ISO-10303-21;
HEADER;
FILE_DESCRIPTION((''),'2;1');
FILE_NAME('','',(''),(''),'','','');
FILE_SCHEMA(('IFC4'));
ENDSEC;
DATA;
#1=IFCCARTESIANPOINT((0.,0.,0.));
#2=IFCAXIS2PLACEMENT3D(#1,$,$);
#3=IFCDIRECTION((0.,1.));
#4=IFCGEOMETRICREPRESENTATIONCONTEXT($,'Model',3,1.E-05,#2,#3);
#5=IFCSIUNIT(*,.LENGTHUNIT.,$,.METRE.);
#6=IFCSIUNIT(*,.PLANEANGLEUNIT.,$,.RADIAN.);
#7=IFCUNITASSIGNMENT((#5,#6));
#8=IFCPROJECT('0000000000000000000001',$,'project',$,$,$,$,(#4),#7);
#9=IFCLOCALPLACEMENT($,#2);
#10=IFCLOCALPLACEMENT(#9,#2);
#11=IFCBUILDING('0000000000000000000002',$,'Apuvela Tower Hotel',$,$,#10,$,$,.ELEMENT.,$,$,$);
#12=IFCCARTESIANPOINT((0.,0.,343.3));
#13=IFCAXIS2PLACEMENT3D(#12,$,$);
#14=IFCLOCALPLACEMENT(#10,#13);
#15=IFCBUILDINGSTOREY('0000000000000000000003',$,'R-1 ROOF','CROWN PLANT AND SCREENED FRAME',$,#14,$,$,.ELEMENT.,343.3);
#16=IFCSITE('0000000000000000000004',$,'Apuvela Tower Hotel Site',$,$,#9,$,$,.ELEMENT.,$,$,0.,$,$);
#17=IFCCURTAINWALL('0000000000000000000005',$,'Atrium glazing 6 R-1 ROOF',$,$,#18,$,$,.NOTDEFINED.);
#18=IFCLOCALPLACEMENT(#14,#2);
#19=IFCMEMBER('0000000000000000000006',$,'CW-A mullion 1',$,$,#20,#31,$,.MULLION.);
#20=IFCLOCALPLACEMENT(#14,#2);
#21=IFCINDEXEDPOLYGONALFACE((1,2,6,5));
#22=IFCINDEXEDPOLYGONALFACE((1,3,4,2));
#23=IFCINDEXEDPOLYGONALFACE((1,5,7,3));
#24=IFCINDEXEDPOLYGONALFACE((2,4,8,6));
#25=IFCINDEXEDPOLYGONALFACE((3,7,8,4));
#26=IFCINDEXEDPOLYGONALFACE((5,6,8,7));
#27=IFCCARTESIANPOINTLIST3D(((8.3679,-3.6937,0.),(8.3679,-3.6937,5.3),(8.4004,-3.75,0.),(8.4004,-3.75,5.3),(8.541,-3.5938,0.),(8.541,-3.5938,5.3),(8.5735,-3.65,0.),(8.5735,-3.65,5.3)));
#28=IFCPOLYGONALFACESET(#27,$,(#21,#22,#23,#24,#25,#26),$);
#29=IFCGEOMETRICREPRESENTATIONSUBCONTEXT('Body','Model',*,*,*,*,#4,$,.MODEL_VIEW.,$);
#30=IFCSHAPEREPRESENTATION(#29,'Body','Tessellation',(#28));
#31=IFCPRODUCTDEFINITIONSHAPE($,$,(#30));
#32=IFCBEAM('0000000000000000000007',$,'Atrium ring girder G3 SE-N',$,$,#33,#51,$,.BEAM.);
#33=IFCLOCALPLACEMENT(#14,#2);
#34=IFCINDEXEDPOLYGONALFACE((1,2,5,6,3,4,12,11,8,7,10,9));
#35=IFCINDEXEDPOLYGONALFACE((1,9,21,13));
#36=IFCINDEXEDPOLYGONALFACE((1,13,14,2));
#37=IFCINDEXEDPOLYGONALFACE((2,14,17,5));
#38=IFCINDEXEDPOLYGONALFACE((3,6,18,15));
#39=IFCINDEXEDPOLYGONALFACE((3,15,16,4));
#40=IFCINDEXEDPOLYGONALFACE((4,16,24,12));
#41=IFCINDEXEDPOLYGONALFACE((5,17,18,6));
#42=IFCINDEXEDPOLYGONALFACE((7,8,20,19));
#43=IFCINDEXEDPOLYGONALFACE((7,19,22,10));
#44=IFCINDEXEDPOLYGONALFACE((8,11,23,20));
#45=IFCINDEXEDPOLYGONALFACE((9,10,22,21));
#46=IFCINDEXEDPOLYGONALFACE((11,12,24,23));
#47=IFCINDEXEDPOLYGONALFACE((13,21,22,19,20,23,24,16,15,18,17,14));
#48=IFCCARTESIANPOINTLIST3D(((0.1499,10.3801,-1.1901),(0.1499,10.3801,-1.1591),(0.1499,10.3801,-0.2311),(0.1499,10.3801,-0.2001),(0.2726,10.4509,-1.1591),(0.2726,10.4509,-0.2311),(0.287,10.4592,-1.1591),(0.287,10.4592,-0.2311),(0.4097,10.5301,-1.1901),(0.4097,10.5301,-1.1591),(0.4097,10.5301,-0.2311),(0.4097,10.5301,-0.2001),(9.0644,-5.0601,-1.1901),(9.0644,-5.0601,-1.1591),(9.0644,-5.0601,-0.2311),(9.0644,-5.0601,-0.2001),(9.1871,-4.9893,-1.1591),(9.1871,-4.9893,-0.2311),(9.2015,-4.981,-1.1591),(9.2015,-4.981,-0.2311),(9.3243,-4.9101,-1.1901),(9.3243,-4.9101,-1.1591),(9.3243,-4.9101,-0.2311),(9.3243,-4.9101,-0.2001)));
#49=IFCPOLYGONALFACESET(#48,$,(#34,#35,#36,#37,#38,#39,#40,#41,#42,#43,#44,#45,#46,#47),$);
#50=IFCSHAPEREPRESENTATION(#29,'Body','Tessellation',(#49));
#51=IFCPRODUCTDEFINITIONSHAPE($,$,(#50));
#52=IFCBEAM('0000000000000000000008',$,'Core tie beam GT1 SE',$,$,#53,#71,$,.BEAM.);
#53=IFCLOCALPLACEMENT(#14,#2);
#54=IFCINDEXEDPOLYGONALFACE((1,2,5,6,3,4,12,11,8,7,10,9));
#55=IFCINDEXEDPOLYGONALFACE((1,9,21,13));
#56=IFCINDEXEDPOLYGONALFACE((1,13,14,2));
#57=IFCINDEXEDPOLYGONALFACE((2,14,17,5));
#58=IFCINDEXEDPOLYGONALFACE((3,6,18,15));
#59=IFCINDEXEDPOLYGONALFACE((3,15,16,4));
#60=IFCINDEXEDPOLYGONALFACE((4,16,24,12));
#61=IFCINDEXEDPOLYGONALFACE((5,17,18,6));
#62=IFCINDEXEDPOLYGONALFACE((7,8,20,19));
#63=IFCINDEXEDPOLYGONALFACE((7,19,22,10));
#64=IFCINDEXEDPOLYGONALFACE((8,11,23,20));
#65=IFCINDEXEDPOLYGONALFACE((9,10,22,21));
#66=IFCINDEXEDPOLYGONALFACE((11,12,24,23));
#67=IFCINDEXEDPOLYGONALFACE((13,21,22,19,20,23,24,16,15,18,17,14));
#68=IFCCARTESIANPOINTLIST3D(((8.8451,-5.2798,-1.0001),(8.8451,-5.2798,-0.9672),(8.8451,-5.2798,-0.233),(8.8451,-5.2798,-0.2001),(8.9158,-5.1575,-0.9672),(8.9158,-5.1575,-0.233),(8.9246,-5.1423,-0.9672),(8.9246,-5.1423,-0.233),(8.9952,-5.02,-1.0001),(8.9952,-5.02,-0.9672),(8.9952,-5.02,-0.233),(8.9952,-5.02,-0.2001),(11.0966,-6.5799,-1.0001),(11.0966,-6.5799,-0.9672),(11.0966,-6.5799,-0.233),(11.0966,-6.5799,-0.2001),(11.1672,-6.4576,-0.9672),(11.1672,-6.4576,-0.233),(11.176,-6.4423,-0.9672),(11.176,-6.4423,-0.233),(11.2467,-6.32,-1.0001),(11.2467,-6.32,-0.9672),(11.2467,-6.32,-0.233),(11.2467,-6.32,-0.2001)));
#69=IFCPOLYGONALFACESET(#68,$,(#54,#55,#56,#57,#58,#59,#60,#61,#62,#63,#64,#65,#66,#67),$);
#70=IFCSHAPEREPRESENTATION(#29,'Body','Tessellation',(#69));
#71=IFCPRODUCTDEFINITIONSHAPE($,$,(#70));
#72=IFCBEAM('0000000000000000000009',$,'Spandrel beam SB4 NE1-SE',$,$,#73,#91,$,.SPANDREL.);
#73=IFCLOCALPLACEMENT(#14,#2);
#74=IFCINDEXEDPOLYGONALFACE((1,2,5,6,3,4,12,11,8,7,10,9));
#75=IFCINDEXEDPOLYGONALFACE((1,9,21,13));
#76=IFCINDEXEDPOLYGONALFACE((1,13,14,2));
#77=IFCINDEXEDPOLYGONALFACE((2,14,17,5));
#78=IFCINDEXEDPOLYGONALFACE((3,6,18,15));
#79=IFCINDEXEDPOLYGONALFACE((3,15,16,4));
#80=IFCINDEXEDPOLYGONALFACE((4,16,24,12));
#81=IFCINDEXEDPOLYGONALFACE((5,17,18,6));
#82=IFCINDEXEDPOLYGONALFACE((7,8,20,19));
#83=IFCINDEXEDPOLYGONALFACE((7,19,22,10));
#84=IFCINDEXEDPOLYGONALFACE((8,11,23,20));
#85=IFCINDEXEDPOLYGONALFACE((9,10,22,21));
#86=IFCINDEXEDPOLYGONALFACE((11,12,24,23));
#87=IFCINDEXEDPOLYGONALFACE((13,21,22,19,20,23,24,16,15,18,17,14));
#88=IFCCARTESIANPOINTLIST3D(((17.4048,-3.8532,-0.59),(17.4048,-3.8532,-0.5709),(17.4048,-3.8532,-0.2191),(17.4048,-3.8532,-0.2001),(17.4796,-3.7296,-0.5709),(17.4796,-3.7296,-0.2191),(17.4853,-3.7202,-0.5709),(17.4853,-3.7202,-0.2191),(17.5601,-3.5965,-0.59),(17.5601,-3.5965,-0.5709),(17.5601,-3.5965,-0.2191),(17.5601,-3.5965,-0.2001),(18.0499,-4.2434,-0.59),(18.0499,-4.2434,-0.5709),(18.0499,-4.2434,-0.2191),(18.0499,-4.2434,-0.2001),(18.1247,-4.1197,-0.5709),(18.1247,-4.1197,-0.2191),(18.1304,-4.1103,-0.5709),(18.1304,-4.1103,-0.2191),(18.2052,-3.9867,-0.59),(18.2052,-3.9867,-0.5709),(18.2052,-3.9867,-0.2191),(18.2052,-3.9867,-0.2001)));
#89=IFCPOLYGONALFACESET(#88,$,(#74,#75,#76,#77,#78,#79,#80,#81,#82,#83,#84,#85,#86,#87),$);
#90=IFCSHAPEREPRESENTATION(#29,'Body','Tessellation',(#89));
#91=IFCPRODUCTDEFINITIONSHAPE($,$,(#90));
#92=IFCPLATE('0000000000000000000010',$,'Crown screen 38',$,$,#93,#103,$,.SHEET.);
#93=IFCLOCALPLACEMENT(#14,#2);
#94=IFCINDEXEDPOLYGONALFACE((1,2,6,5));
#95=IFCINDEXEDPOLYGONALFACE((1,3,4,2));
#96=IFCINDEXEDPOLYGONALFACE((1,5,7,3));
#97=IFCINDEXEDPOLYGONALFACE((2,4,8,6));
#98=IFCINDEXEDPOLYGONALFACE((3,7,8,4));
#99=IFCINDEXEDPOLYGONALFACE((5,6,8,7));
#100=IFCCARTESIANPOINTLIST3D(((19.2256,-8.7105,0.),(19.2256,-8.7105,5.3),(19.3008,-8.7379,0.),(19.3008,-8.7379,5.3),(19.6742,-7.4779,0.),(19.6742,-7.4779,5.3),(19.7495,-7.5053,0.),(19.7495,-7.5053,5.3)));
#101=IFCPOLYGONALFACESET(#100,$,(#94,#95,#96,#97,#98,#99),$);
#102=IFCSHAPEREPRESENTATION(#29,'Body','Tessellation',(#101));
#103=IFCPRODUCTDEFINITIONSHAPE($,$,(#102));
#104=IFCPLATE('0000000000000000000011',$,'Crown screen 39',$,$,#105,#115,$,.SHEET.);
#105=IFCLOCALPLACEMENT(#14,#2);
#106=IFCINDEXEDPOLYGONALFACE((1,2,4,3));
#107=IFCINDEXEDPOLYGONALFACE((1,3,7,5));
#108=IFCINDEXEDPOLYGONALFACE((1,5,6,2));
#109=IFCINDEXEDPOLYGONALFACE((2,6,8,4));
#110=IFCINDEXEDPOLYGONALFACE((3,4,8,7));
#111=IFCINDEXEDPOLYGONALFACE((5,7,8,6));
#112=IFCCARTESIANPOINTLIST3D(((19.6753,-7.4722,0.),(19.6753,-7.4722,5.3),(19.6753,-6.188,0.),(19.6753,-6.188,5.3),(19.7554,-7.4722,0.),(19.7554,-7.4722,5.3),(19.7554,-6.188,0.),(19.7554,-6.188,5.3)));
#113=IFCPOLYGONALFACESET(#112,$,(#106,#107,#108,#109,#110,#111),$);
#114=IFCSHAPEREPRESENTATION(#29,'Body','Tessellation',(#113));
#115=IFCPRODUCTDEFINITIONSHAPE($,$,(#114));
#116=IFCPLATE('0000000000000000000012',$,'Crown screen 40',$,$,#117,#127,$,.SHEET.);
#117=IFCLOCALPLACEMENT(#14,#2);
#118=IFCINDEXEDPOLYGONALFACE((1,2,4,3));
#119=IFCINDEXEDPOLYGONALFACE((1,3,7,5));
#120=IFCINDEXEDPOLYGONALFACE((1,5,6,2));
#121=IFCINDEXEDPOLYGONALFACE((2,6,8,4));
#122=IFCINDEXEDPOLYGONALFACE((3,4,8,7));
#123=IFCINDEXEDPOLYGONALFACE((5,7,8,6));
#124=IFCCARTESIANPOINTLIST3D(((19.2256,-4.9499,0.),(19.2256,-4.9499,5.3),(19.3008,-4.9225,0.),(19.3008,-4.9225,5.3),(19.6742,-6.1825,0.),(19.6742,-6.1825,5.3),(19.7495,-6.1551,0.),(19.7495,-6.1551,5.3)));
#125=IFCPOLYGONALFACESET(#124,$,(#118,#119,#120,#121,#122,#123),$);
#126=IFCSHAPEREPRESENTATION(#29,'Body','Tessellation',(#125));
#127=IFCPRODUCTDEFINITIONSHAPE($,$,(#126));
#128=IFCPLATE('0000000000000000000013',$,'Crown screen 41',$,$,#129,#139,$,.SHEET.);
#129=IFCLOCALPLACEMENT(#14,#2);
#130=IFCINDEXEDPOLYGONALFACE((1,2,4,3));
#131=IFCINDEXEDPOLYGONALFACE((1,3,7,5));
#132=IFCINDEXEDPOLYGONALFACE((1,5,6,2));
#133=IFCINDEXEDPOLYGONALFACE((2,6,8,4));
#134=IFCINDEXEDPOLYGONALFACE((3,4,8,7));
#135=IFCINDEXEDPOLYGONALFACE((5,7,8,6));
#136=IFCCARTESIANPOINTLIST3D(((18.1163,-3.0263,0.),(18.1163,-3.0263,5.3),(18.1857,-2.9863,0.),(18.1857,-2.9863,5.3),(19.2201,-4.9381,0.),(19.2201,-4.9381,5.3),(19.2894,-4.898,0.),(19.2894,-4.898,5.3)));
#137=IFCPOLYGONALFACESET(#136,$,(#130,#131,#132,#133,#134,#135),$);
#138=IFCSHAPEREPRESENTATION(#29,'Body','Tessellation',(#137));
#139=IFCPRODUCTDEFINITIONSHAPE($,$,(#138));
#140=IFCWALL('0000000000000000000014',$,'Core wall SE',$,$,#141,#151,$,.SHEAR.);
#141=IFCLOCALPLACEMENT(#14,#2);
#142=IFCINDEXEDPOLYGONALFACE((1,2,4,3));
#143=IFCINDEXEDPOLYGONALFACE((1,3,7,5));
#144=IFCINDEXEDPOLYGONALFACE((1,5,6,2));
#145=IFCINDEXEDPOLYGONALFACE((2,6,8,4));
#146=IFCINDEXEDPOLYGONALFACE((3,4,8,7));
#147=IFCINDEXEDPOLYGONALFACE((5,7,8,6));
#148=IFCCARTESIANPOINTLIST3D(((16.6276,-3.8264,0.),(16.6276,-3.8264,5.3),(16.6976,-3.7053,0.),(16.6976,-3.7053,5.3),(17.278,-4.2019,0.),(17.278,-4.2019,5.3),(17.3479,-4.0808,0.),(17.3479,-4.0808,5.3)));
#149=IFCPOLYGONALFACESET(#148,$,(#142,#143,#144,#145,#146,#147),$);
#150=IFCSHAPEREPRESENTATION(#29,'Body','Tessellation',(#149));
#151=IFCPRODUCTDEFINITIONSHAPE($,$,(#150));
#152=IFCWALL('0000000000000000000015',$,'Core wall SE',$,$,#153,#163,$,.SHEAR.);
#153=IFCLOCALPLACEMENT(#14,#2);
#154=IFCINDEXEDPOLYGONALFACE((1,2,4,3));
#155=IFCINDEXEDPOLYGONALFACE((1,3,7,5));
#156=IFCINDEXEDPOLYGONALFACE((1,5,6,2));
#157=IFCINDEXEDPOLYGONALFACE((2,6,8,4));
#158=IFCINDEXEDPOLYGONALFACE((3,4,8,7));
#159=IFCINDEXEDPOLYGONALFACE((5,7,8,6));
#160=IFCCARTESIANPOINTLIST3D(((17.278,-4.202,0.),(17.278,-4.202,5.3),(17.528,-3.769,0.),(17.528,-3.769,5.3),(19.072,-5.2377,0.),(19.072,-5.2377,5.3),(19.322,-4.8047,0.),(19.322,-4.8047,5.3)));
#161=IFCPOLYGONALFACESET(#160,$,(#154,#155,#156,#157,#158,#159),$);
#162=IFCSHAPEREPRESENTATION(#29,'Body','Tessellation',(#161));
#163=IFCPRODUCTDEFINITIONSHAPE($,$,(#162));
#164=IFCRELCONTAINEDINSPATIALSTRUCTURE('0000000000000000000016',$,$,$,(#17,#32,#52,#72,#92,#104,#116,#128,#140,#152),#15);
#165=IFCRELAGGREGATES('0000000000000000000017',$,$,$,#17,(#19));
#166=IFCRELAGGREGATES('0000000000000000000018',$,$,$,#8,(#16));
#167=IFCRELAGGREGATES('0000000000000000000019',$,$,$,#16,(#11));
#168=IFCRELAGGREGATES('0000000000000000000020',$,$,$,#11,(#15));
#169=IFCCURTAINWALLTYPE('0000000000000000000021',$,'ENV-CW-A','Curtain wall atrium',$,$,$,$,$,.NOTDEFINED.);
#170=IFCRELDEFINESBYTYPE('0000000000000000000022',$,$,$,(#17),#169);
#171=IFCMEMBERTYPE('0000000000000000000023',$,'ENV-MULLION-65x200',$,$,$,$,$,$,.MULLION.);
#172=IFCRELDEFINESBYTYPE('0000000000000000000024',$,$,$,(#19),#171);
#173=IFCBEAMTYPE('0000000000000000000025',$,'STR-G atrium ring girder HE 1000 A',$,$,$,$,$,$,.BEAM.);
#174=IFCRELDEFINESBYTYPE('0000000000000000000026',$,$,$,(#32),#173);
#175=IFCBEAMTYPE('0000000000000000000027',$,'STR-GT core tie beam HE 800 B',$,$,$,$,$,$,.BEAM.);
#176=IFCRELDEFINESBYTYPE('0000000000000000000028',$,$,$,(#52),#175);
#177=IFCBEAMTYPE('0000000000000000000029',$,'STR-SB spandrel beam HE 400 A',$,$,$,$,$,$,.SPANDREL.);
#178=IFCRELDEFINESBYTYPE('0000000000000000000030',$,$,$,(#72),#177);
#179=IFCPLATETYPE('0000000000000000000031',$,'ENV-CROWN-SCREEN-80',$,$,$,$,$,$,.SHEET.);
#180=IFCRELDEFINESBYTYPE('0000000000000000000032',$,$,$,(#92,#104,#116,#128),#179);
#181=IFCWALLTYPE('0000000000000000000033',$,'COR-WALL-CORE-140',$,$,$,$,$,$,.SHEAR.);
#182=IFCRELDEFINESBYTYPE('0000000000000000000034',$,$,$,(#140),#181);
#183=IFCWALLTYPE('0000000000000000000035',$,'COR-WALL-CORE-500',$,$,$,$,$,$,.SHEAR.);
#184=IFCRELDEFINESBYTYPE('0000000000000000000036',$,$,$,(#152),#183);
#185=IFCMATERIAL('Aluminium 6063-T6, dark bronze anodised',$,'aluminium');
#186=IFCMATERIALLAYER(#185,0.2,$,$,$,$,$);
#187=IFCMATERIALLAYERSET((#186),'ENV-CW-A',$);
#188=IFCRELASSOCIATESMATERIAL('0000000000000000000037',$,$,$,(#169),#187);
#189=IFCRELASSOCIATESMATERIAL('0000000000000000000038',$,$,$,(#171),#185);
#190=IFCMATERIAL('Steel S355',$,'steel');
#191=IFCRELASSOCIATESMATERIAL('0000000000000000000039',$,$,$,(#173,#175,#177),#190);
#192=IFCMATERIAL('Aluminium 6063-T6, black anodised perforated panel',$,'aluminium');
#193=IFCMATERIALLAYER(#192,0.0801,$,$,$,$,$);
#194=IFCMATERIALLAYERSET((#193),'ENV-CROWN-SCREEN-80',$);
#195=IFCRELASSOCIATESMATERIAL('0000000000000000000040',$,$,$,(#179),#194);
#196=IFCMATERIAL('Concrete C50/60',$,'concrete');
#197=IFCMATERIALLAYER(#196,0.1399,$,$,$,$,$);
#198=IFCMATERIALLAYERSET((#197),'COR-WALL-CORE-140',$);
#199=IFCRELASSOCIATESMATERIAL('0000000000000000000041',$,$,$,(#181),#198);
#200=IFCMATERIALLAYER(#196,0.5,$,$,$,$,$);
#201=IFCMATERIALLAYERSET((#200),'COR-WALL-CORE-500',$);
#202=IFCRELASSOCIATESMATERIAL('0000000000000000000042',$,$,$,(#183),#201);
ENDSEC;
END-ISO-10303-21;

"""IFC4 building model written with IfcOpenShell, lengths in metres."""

from ifc_helpers import new_model, si_unit, direction, frame, frame_2d, origin, origin_2d, place, context, subcontext, project, spatial, rectangle, i_section, extrude, material, layer, layer_set, material_profile, profile_set, type_object, element, aggregate, save


model = new_model("IFC4")

# Units and contexts
model_context = context("Model", 3, precision=1e-05, world=origin(), true_north=direction((0.0, 1.0)))
body_context = subcontext(model_context, "Body", "Model", "MODEL_VIEW")
ifc_project = project(units=[si_unit("LENGTHUNIT", "METRE"), si_unit("PLANEANGLEUNIT", "RADIAN")], contexts=[model_context])

# Site, building, storey
site_placement = place(None, origin())
site = spatial("IfcSite", under=ifc_project, at=site_placement, Name="Apuvela Tower Hotel Site", CompositionType="ELEMENT", RefElevation=0.0)
building_placement = place(site_placement, origin())
building = spatial("IfcBuilding", under=site, at=building_placement, Name="Apuvela Tower Hotel", CompositionType="ELEMENT")
storey_placement = place(building_placement, frame((0.0, 0.0, 343.3)))
storey = spatial("IfcBuildingStorey", under=building, at=storey_placement, Name="R-1 ROOF", Description="CROWN PLANT AND SCREENED FRAME", CompositionType="ELEMENT", Elevation=343.3)

# Curtain wall, member
ifc_material_1 = material(Name="Aluminium 6063-T6, dark bronze anodised", Category="aluminium")
ifc_layer_1 = layer(ifc_material_1, 0.2)
ifc_layer_set_1 = layer_set([ifc_layer_1], Name="ENV-CW-A")
curtain_wall_type = type_object("IfcCurtainWallType", Name="ENV-CW-A", Description="Curtain wall atrium", PredefinedType="NOTDEFINED", material=ifc_layer_set_1)
curtain_wall_placement = place(storey_placement, origin())
curtain_wall = element("IfcCurtainWall", 1, at=curtain_wall_placement, inside=storey, type_object=curtain_wall_type, Name="Atrium glazing 6 R-1 ROOF", PredefinedType="NOTDEFINED")
ifc_material_profile_1 = material_profile(ifc_material_1, rectangle(XDim=0.2, YDim=0.0649, at=origin_2d()), Name="AL 65x200")
ifc_profile_set_1 = profile_set([ifc_material_profile_1], Name="Aluminium 6063-T6, dark bronze anodised")
member_type = type_object("IfcMemberType", Name="ENV-MULLION-65x200", PredefinedType="MULLION", material=ifc_profile_set_1)
member_placement = place(storey_placement, frame((8.4707, -3.6719, 0.0), z_axis=(0.0, 0.0, 1.0), x_axis=(-0.866026, -0.499999, 0.0)))
member = element("IfcMember", 2, at=member_placement, type_object=member_type, Name="CW-A mullion 1", PredefinedType="MULLION", context=body_context, shape_type="SweptSolid", body=[
    extrude(rectangle(XDim=0.2, YDim=0.0649, at=origin_2d()), origin(), (0.0, 0.0, 1.0), 5.3),
])
aggregate(curtain_wall, [member])

# Beams
ifc_material_2 = material(Name="Steel S355", Category="steel")
ifc_material_profile_2 = material_profile(ifc_material_2, i_section(OverallWidth=0.3, OverallDepth=0.99, WebThickness=0.0166, FlangeThickness=0.031, at=origin_2d()), Name="HE 1000 A")
ifc_profile_set_2 = profile_set([ifc_material_profile_2], Name="Steel S355")
beam_type_1 = type_object("IfcBeamType", Name="STR-G atrium ring girder HE 1000 A", PredefinedType="BEAM", material=ifc_profile_set_2)
beam_1_placement = place(storey_placement, frame((9.1943, -4.9851, -0.6951), z_axis=(-0.500007, 0.866022, 0.0), x_axis=(-0.866022, -0.500007, 0.0)))
element("IfcBeam", 3, at=beam_1_placement, inside=storey, type_object=beam_type_1, Name="Atrium ring girder G3 SE-N", PredefinedType="BEAM", context=body_context, shape_type="SweptSolid", body=[
    extrude(i_section(OverallWidth=0.3, OverallDepth=0.99, WebThickness=0.0166, FlangeThickness=0.031, at=origin_2d()), origin(), (0.0, 0.0, 1.0), 17.8289),
])
ifc_material_profile_3 = material_profile(ifc_material_2, i_section(OverallWidth=0.3, OverallDepth=0.8, WebThickness=0.0176, FlangeThickness=0.033, at=origin_2d()), Name="HE 800 B")
ifc_profile_set_3 = profile_set([ifc_material_profile_3], Name="Steel S355")
beam_type_2 = type_object("IfcBeamType", Name="STR-GT core tie beam HE 800 B", PredefinedType="BEAM", material=ifc_profile_set_3)
beam_2_placement = place(storey_placement, frame((11.1716, -6.45, -0.6001), z_axis=(-0.865998, 0.500048, 0.0), x_axis=(-0.500048, -0.865998, 0.0)))
element("IfcBeam", 4, at=beam_2_placement, inside=storey, type_object=beam_type_2, Name="Core tie beam GT1 SE", PredefinedType="BEAM", context=body_context, shape_type="SweptSolid", body=[
    extrude(i_section(OverallWidth=0.3, OverallDepth=0.8, WebThickness=0.0176, FlangeThickness=0.033, at=origin_2d()), origin(), (0.0, 0.0, 1.0), 2.5999),
])
ifc_material_profile_4 = material_profile(ifc_material_2, i_section(OverallWidth=0.3, OverallDepth=0.3899, WebThickness=0.011, FlangeThickness=0.019, at=origin_2d()), Name="HE 400 A")
ifc_profile_set_4 = profile_set([ifc_material_profile_4], Name="Steel S355")
beam_type_3 = type_object("IfcBeamType", Name="STR-SB spandrel beam HE 400 A", PredefinedType="SPANDREL", material=ifc_profile_set_4)
beam_3_placement = place(storey_placement, frame((17.4824, -3.7249, -0.395), z_axis=(0.855659, -0.517541, 0.0), x_axis=(0.517541, 0.855659, 0.0)))
element("IfcBeam", 5, at=beam_3_placement, inside=storey, type_object=beam_type_3, Name="Spandrel beam SB4 NE1-SE", PredefinedType="SPANDREL", context=body_context, shape_type="SweptSolid", body=[
    extrude(i_section(OverallWidth=0.3, OverallDepth=0.3899, WebThickness=0.011, FlangeThickness=0.019, at=origin_2d()), origin(), (0.0, 0.0, 1.0), 0.7539),
])

# Plates
ifc_material_3 = material(Name="Aluminium 6063-T6, black anodised perforated panel", Category="aluminium")
ifc_layer_2 = layer(ifc_material_3, 0.0801)
ifc_layer_set_2 = layer_set([ifc_layer_2], Name="ENV-CROWN-SCREEN-80")
plate_type = type_object("IfcPlateType", Name="ENV-CROWN-SCREEN-80", PredefinedType="SHEET", material=ifc_layer_set_2)
plate_1_placement = place(storey_placement, frame((19.4875, -8.1079, 0.0), z_axis=(0.0, 0.0, 1.0), x_axis=(0.34202, 0.939693, 0.0)))
element("IfcPlate", 6, at=plate_1_placement, inside=storey, type_object=plate_type, Name="Crown screen 38", PredefinedType="SHEET", context=body_context, shape_type="SweptSolid", body=[
    extrude(rectangle(XDim=1.3118, YDim=0.0801, at=origin_2d()), origin(), (0.0, 0.0, 1.0), 5.3),
])
plate_2_placement = place(storey_placement, frame((19.7153, -6.8301, 0.0), z_axis=(0.0, 0.0, 1.0), x_axis=(0.0, 1.0, 0.0)))
element("IfcPlate", 7, at=plate_2_placement, inside=storey, type_object=plate_type, Name="Crown screen 39", PredefinedType="SHEET", context=body_context, shape_type="SweptSolid", body=[
    extrude(rectangle(XDim=1.2842, YDim=0.0801, at=origin_2d()), origin(), (0.0, 0.0, 1.0), 5.3),
])
plate_3_placement = place(storey_placement, frame((19.4875, -5.5525, 0.0), z_axis=(0.0, 0.0, 1.0), x_axis=(-0.34202, 0.939693, 0.0)))
element("IfcPlate", 8, at=plate_3_placement, inside=storey, type_object=plate_type, Name="Crown screen 40", PredefinedType="SHEET", context=body_context, shape_type="SweptSolid", body=[
    extrude(rectangle(XDim=1.3118, YDim=0.0801, at=origin_2d()), origin(), (0.0, 0.0, 1.0), 5.3),
])
plate_4_placement = place(storey_placement, frame((18.7029, -3.9622, 0.0), z_axis=(0.0, 0.0, 1.0), x_axis=(-0.5, 0.866025, 0.0)))
element("IfcPlate", 9, at=plate_4_placement, inside=storey, type_object=plate_type, Name="Crown screen 41", PredefinedType="SHEET", context=body_context, shape_type="SweptSolid", body=[
    extrude(rectangle(XDim=2.2075, YDim=0.0801, at=origin_2d()), origin(), (0.0, 0.0, 1.0), 5.3),
])

# Walls
ifc_material_4 = material(Name="Concrete C50/60", Category="concrete")
ifc_layer_3 = layer(ifc_material_4, 0.1399)
ifc_layer_set_3 = layer_set([ifc_layer_3], Name="COR-WALL-CORE-140")
wall_type_1 = type_object("IfcWallType", Name="COR-WALL-CORE-140", PredefinedType="SHEAR", material=ifc_layer_set_3)
wall_1_placement = place(storey_placement, frame((16.6626, -3.7659, 0.0), z_axis=(0.0, 0.0, 1.0), x_axis=(0.866034, -0.499985, 0.0)))
element("IfcWall", 10, at=wall_1_placement, inside=storey, type_object=wall_type_1, Name="Core wall SE", PredefinedType="SHEAR", context=body_context, shape_type="SweptSolid", body=[
    extrude(rectangle(XDim=0.751, YDim=0.1399, at=frame_2d((0.3755, 0.0))), origin(), (0.0, 0.0, 1.0), 5.3),
])
ifc_layer_4 = layer(ifc_material_4, 0.5)
ifc_layer_set_4 = layer_set([ifc_layer_4], Name="COR-WALL-CORE-500")
wall_type_2 = type_object("IfcWallType", Name="COR-WALL-CORE-500", PredefinedType="SHEAR", material=ifc_layer_set_4)
wall_2_placement = place(storey_placement, frame((17.4031, -3.9856, 0.0), z_axis=(0.0, 0.0, 1.0), x_axis=(0.866044, -0.499967, 0.0)))
element("IfcWall", 11, at=wall_2_placement, inside=storey, type_object=wall_type_2, Name="Core wall SE", PredefinedType="SHEAR", context=body_context, shape_type="SweptSolid", body=[
    extrude(rectangle(XDim=2.0715, YDim=0.5, at=frame_2d((1.0356, 0.0))), origin(), (0.0, 0.0, 1.0), 5.3),
])

save(model, "model.ifc")
